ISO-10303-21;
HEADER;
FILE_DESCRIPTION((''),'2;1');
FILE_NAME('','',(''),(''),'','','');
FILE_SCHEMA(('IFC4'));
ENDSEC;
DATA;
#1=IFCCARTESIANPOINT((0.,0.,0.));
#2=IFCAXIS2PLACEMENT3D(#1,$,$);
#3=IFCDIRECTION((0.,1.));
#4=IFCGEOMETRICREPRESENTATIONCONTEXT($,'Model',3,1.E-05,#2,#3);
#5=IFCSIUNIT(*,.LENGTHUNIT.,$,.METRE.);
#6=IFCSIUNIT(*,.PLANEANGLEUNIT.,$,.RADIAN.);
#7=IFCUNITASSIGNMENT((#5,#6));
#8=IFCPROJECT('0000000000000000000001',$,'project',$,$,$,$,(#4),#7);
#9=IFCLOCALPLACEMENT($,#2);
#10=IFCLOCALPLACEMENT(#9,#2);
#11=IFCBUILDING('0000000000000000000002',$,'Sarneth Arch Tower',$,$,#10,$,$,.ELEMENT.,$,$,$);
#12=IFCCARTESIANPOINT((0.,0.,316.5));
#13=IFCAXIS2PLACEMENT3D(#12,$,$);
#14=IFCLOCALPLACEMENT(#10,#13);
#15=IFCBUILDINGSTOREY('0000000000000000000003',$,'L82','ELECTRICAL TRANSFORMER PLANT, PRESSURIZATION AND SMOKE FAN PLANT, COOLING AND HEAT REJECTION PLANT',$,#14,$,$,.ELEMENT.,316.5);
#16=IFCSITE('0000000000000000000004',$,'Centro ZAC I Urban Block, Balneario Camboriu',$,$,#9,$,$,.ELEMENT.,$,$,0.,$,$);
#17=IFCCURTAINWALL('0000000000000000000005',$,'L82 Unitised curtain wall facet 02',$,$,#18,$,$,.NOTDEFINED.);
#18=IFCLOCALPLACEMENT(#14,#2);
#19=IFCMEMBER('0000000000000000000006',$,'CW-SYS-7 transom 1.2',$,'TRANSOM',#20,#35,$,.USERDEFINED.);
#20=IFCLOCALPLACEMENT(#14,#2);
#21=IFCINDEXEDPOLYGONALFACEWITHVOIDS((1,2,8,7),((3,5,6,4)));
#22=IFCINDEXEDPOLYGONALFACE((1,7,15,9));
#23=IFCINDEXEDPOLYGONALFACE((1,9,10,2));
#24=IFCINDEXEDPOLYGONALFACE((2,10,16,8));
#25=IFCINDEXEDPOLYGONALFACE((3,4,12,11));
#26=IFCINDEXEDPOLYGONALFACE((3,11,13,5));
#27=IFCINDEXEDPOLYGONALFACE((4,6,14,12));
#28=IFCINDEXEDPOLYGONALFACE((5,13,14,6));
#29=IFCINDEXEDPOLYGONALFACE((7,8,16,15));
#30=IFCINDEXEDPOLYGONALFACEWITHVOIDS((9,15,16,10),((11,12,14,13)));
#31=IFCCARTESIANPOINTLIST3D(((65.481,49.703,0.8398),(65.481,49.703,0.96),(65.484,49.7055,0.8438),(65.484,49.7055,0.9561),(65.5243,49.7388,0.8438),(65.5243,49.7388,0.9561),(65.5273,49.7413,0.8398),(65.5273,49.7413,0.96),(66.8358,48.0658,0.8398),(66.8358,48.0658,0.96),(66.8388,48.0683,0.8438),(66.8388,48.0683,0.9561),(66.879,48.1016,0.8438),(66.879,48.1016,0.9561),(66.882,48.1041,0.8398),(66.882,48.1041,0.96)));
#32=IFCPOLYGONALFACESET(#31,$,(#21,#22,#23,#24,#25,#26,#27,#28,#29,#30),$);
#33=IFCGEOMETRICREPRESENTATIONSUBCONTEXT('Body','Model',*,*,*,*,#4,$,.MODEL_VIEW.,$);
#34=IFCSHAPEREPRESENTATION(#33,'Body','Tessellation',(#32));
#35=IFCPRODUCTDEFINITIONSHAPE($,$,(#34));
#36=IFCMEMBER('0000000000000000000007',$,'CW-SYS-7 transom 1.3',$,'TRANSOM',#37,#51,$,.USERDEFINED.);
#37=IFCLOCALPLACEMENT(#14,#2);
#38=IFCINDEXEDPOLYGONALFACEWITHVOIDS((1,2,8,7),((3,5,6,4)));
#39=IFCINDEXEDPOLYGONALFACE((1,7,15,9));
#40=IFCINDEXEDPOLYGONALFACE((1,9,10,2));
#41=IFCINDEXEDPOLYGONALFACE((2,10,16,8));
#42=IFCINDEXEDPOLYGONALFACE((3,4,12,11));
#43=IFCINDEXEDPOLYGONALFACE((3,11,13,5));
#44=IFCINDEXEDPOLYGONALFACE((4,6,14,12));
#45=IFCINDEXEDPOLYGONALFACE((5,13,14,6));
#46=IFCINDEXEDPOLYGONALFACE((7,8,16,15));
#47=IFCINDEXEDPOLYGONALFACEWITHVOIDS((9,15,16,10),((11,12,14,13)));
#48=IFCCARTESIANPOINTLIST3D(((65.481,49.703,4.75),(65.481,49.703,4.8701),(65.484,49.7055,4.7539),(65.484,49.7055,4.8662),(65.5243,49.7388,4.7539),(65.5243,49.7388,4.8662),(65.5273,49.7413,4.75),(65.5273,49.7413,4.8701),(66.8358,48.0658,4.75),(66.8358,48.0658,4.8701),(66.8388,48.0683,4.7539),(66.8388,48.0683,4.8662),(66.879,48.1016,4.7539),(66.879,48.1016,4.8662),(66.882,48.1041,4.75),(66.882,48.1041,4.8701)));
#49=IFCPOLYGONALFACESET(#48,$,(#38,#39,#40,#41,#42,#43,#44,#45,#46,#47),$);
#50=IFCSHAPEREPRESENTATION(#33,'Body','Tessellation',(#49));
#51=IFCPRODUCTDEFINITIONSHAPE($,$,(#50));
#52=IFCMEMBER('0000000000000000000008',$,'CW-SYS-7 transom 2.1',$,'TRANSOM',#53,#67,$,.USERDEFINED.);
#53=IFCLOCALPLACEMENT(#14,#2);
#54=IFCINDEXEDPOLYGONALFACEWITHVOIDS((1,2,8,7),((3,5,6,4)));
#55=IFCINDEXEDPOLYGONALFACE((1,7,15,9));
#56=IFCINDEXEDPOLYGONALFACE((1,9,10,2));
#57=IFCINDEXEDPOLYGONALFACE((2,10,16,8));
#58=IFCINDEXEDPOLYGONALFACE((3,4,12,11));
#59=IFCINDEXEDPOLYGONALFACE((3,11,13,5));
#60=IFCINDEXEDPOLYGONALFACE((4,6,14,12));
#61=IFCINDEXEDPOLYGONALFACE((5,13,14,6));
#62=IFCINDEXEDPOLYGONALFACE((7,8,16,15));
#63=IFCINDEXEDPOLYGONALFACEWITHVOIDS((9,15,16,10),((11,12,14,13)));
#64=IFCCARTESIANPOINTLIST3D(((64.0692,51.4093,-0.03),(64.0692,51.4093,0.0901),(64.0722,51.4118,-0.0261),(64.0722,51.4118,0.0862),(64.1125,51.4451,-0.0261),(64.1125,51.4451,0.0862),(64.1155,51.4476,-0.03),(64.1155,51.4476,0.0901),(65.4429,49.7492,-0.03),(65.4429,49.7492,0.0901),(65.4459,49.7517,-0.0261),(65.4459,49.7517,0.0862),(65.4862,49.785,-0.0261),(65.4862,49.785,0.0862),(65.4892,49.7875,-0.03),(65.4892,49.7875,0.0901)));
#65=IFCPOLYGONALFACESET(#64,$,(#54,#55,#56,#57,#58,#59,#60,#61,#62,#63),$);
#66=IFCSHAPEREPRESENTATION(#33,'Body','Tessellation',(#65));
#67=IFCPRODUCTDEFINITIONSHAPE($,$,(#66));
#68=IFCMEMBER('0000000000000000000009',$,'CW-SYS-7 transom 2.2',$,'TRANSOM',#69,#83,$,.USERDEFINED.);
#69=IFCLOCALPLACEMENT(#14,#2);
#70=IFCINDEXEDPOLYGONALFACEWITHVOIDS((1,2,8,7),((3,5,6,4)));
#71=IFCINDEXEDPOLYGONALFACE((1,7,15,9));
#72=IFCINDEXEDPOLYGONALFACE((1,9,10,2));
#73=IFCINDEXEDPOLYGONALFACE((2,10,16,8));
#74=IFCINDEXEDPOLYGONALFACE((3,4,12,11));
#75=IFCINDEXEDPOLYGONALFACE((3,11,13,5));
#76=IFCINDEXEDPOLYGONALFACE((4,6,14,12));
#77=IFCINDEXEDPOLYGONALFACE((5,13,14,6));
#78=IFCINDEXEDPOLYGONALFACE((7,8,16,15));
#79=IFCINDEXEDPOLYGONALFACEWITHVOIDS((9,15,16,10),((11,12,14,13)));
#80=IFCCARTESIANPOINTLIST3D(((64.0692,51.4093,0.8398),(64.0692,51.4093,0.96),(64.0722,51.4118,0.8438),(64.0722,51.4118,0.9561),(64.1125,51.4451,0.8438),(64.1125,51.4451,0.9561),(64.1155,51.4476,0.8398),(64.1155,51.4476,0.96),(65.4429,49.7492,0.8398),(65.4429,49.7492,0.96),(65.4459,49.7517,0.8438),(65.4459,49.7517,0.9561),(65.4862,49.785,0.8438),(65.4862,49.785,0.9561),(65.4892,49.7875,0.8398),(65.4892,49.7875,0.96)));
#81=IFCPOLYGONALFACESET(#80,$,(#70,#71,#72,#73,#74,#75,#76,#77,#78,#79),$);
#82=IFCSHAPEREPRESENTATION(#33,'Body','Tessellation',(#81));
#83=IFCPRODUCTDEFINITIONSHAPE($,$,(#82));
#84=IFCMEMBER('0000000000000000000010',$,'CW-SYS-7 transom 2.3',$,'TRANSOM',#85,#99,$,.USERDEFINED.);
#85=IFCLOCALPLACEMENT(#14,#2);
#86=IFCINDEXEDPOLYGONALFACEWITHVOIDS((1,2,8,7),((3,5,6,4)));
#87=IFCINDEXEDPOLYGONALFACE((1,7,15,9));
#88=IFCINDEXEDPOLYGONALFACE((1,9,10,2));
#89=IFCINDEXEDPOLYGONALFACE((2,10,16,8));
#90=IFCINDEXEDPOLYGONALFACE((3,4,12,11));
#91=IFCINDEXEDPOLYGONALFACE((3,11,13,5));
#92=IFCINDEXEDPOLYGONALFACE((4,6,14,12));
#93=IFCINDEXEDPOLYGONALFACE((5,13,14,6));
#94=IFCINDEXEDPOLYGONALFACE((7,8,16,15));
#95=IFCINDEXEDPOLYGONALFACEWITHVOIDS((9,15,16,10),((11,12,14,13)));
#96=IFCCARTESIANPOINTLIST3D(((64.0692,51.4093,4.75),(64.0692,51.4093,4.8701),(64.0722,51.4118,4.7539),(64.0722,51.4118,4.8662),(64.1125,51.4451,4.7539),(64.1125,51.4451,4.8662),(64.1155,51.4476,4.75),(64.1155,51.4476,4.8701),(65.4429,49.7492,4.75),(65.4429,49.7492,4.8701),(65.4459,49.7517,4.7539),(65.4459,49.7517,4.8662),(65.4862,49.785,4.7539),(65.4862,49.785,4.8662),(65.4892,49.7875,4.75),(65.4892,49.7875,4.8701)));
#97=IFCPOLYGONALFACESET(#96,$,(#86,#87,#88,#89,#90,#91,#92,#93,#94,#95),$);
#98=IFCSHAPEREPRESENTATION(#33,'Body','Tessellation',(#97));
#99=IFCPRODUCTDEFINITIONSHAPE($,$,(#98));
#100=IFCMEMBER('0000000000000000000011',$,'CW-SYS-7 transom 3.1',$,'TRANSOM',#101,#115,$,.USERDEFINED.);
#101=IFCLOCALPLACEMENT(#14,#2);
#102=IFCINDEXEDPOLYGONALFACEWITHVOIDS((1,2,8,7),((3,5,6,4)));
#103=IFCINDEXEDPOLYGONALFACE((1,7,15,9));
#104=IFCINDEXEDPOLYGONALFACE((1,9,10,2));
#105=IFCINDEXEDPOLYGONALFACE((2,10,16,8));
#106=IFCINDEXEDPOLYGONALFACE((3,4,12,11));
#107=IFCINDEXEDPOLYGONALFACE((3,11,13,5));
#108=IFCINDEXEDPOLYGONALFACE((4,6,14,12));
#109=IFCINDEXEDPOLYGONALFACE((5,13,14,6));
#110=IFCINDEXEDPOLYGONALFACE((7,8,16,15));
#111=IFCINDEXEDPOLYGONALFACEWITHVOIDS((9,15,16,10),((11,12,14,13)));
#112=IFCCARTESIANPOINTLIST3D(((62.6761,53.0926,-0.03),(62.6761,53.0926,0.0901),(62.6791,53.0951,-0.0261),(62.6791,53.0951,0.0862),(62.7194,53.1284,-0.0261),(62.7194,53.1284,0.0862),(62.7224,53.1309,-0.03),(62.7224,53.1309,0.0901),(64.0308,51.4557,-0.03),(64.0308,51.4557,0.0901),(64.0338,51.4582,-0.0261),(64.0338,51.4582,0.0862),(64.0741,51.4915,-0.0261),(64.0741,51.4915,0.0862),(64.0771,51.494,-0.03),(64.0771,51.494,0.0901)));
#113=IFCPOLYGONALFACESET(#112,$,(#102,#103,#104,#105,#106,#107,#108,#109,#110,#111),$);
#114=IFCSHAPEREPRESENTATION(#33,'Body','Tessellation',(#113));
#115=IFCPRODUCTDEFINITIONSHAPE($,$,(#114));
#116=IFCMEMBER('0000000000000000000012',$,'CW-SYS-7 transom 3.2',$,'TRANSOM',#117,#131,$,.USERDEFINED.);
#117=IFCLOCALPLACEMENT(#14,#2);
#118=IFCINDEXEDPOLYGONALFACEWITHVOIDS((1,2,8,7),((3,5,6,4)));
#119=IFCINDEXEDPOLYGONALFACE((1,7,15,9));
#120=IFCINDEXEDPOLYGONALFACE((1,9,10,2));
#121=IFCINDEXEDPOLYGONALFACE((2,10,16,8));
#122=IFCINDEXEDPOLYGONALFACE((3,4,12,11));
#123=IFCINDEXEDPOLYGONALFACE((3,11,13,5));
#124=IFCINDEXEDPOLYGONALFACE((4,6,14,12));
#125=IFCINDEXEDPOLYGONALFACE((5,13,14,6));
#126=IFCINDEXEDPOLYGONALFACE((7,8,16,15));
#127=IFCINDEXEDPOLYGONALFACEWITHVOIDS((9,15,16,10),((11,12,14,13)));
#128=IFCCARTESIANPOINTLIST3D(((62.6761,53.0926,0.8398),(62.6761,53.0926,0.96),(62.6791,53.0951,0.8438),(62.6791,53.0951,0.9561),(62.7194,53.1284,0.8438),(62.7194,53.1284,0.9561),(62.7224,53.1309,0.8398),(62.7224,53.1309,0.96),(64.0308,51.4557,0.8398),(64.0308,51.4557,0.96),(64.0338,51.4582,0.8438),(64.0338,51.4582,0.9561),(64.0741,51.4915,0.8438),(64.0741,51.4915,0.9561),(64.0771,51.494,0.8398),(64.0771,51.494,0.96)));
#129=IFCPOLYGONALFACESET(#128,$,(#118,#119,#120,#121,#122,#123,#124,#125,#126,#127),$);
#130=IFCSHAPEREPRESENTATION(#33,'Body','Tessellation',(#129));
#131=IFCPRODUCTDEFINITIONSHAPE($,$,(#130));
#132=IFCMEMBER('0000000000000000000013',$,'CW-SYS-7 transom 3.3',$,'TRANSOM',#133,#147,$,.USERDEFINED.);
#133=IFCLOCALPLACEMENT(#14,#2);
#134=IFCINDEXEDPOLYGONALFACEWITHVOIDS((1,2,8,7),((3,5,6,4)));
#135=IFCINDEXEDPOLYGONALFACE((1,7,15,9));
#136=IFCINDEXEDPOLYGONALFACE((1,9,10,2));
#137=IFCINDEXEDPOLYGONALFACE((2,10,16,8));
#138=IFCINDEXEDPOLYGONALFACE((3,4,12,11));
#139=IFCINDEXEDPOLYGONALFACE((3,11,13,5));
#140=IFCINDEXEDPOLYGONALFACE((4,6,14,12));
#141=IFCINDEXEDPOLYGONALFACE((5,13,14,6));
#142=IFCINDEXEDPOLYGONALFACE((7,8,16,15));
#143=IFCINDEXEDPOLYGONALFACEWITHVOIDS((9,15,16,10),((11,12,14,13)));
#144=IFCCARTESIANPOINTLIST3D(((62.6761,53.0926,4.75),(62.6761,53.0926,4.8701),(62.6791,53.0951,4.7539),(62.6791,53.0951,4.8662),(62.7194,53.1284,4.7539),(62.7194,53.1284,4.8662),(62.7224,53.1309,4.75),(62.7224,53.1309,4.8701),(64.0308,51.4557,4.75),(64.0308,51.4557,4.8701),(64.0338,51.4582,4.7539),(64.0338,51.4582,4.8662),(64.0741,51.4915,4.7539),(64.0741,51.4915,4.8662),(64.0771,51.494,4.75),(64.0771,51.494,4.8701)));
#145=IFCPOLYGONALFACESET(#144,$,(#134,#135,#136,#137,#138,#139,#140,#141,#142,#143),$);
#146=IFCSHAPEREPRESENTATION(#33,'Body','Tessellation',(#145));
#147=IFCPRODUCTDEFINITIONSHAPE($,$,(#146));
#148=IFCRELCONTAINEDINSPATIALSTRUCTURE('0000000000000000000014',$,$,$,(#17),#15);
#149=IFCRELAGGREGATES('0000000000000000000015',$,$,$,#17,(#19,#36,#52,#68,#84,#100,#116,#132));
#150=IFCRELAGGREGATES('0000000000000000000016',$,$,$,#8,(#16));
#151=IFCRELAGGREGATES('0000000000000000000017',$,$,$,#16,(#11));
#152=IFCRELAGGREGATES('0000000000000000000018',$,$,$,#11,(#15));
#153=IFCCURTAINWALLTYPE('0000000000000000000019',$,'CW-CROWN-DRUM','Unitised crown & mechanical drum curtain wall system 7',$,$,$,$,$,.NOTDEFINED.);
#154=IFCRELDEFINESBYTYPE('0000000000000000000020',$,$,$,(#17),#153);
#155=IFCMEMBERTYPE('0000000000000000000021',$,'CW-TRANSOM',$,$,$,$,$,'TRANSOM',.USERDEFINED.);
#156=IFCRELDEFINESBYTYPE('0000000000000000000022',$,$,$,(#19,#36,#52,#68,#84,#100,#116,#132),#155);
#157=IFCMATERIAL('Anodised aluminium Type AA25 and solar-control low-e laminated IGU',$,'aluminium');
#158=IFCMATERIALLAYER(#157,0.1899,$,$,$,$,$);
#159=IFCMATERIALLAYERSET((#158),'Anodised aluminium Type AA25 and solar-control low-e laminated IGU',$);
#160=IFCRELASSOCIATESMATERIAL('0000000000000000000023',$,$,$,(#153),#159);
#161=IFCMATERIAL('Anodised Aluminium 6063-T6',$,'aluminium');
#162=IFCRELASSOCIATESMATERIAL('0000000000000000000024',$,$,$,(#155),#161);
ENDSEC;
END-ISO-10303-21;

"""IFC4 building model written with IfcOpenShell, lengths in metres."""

from ifc_helpers import new_model, si_unit, direction, frame, origin, origin_2d, place, context, subcontext, project, spatial, hollow_rectangle, extrude, material, layer, layer_set, material_profile, profile_set, type_object, element, aggregate, save


model = new_model("IFC4")

# Units and contexts
model_context = context("Model", 3, precision=1e-05, world=origin(), true_north=direction((0.0, 1.0)))
body_context = subcontext(model_context, "Body", "Model", "MODEL_VIEW")
ifc_project = project(units=[si_unit("LENGTHUNIT", "METRE"), si_unit("PLANEANGLEUNIT", "RADIAN")], contexts=[model_context])

# Site, building, storey
site_placement = place(None, origin())
site = spatial("IfcSite", under=ifc_project, at=site_placement, Name="Centro ZAC I Urban Block, Balneario Camboriu", CompositionType="ELEMENT", RefElevation=0.0)
building_placement = place(site_placement, origin())
building = spatial("IfcBuilding", under=site, at=building_placement, Name="Sarneth Arch Tower", CompositionType="ELEMENT")
storey_placement = place(building_placement, frame((0.0, 0.0, 316.5)))
storey = spatial("IfcBuildingStorey", under=building, at=storey_placement, Name="L82", Description="ELECTRICAL TRANSFORMER PLANT, PRESSURIZATION AND SMOKE FAN PLANT, COOLING AND HEAT REJECTION PLANT", CompositionType="ELEMENT", Elevation=316.5)

# Curtain wall, members
ifc_material_1 = material(Name="Anodised aluminium Type AA25 and solar-control low-e laminated IGU", Category="aluminium")
ifc_layer_1 = layer(ifc_material_1, 0.1899)
ifc_layer_set_1 = layer_set([ifc_layer_1], Name="Anodised aluminium Type AA25 and solar-control low-e laminated IGU")
curtain_wall_type = type_object("IfcCurtainWallType", Name="CW-CROWN-DRUM", Description="Unitised crown & mechanical drum curtain wall system 7", PredefinedType="NOTDEFINED", material=ifc_layer_set_1)
curtain_wall_placement = place(storey_placement, origin())
curtain_wall = element("IfcCurtainWall", 1, at=curtain_wall_placement, inside=storey, type_object=curtain_wall_type, Name="L82 Unitised curtain wall facet 02", PredefinedType="NOTDEFINED")
ifc_material_2 = material(Name="Anodised Aluminium 6063-T6", Category="aluminium")
ifc_material_profile_1 = material_profile(ifc_material_2, hollow_rectangle(XDim=0.0601, YDim=0.1201, WallThickness=0.0039, at=origin_2d()), Name="AL-TRAN-120x60x4")
ifc_profile_set_1 = profile_set([ifc_material_profile_1], Name="Anodised Aluminium 6063-T6")
member_type_1 = type_object("IfcMemberType", Name="CW-TRANSOM", ElementType="TRANSOM", PredefinedType="USERDEFINED", material=ifc_profile_set_1)
member_1_placement = place(storey_placement, frame((66.8589, 48.085, 0.8999), z_axis=(-0.637514, 0.770439, 0.0), x_axis=(-0.770439, -0.637514, 0.0)))
member_1 = element("IfcMember", 2, at=member_1_placement, type_object=member_type_1, Name="CW-SYS-7 transom 1.2", ObjectType="TRANSOM", PredefinedType="USERDEFINED", context=body_context, shape_type="SweptSolid", body=[
    extrude(hollow_rectangle(XDim=0.0601, YDim=0.1201, WallThickness=0.0039, at=origin_2d()), origin(), (0.0, 0.0, 1.0), 2.125),
])
member_2_placement = place(storey_placement, frame((66.8589, 48.085, 4.8101), z_axis=(-0.637514, 0.770439, 0.0), x_axis=(-0.770439, -0.637514, 0.0)))
member_2 = element("IfcMember", 3, at=member_2_placement, type_object=member_type_1, Name="CW-SYS-7 transom 1.3", ObjectType="TRANSOM", PredefinedType="USERDEFINED", context=body_context, shape_type="SweptSolid", body=[
    extrude(hollow_rectangle(XDim=0.0601, YDim=0.1201, WallThickness=0.0039, at=origin_2d()), origin(), (0.0, 0.0, 1.0), 2.125),
])
member_3_placement = place(storey_placement, frame((65.4661, 49.7683, 0.03), z_axis=(-0.637528, 0.770427, 0.0), x_axis=(-0.770427, -0.637528, 0.0)))
member_3 = element("IfcMember", 4, at=member_3_placement, type_object=member_type_1, Name="CW-SYS-7 transom 2.1", ObjectType="TRANSOM", PredefinedType="USERDEFINED", context=body_context, shape_type="SweptSolid", body=[
    extrude(hollow_rectangle(XDim=0.0601, YDim=0.1201, WallThickness=0.0039, at=origin_2d()), origin(), (0.0, 0.0, 1.0), 2.1548),
])
member_4_placement = place(storey_placement, frame((65.4661, 49.7683, 0.8999), z_axis=(-0.637528, 0.770427, 0.0), x_axis=(-0.770427, -0.637528, 0.0)))
member_4 = element("IfcMember", 5, at=member_4_placement, type_object=member_type_1, Name="CW-SYS-7 transom 2.2", ObjectType="TRANSOM", PredefinedType="USERDEFINED", context=body_context, shape_type="SweptSolid", body=[
    extrude(hollow_rectangle(XDim=0.0601, YDim=0.1201, WallThickness=0.0039, at=origin_2d()), origin(), (0.0, 0.0, 1.0), 2.1548),
])
member_5_placement = place(storey_placement, frame((65.4661, 49.7683, 4.8101), z_axis=(-0.637528, 0.770427, 0.0), x_axis=(-0.770427, -0.637528, 0.0)))
member_5 = element("IfcMember", 6, at=member_5_placement, type_object=member_type_1, Name="CW-SYS-7 transom 2.3", ObjectType="TRANSOM", PredefinedType="USERDEFINED", context=body_context, shape_type="SweptSolid", body=[
    extrude(hollow_rectangle(XDim=0.0601, YDim=0.1201, WallThickness=0.0039, at=origin_2d()), origin(), (0.0, 0.0, 1.0), 2.1548),
])
member_6_placement = place(storey_placement, frame((64.054, 51.4749, 0.03), z_axis=(-0.63757, 0.770392, 0.0), x_axis=(-0.770392, -0.63757, 0.0)))
member_6 = element("IfcMember", 7, at=member_6_placement, type_object=member_type_1, Name="CW-SYS-7 transom 3.1", ObjectType="TRANSOM", PredefinedType="USERDEFINED", context=body_context, shape_type="SweptSolid", body=[
    extrude(hollow_rectangle(XDim=0.0601, YDim=0.1201, WallThickness=0.0039, at=origin_2d()), origin(), (0.0, 0.0, 1.0), 2.1248),
])
member_7_placement = place(storey_placement, frame((64.054, 51.4749, 0.8999), z_axis=(-0.63757, 0.770392, 0.0), x_axis=(-0.770392, -0.63757, 0.0)))
member_7 = element("IfcMember", 8, at=member_7_placement, type_object=member_type_1, Name="CW-SYS-7 transom 3.2", ObjectType="TRANSOM", PredefinedType="USERDEFINED", context=body_context, shape_type="SweptSolid", body=[
    extrude(hollow_rectangle(XDim=0.0601, YDim=0.1201, WallThickness=0.0039, at=origin_2d()), origin(), (0.0, 0.0, 1.0), 2.1248),
])
member_8_placement = place(storey_placement, frame((64.054, 51.4749, 4.8101), z_axis=(-0.63757, 0.770392, 0.0), x_axis=(-0.770392, -0.63757, 0.0)))
member_8 = element("IfcMember", 9, at=member_8_placement, type_object=member_type_1, Name="CW-SYS-7 transom 3.3", ObjectType="TRANSOM", PredefinedType="USERDEFINED", context=body_context, shape_type="SweptSolid", body=[
    extrude(hollow_rectangle(XDim=0.0601, YDim=0.1201, WallThickness=0.0039, at=origin_2d()), origin(), (0.0, 0.0, 1.0), 2.1248),
])

aggregate(curtain_wall, [member_1, member_2, member_3, member_4, member_5, member_6, member_7, member_8])

save(model, "model.ifc")
